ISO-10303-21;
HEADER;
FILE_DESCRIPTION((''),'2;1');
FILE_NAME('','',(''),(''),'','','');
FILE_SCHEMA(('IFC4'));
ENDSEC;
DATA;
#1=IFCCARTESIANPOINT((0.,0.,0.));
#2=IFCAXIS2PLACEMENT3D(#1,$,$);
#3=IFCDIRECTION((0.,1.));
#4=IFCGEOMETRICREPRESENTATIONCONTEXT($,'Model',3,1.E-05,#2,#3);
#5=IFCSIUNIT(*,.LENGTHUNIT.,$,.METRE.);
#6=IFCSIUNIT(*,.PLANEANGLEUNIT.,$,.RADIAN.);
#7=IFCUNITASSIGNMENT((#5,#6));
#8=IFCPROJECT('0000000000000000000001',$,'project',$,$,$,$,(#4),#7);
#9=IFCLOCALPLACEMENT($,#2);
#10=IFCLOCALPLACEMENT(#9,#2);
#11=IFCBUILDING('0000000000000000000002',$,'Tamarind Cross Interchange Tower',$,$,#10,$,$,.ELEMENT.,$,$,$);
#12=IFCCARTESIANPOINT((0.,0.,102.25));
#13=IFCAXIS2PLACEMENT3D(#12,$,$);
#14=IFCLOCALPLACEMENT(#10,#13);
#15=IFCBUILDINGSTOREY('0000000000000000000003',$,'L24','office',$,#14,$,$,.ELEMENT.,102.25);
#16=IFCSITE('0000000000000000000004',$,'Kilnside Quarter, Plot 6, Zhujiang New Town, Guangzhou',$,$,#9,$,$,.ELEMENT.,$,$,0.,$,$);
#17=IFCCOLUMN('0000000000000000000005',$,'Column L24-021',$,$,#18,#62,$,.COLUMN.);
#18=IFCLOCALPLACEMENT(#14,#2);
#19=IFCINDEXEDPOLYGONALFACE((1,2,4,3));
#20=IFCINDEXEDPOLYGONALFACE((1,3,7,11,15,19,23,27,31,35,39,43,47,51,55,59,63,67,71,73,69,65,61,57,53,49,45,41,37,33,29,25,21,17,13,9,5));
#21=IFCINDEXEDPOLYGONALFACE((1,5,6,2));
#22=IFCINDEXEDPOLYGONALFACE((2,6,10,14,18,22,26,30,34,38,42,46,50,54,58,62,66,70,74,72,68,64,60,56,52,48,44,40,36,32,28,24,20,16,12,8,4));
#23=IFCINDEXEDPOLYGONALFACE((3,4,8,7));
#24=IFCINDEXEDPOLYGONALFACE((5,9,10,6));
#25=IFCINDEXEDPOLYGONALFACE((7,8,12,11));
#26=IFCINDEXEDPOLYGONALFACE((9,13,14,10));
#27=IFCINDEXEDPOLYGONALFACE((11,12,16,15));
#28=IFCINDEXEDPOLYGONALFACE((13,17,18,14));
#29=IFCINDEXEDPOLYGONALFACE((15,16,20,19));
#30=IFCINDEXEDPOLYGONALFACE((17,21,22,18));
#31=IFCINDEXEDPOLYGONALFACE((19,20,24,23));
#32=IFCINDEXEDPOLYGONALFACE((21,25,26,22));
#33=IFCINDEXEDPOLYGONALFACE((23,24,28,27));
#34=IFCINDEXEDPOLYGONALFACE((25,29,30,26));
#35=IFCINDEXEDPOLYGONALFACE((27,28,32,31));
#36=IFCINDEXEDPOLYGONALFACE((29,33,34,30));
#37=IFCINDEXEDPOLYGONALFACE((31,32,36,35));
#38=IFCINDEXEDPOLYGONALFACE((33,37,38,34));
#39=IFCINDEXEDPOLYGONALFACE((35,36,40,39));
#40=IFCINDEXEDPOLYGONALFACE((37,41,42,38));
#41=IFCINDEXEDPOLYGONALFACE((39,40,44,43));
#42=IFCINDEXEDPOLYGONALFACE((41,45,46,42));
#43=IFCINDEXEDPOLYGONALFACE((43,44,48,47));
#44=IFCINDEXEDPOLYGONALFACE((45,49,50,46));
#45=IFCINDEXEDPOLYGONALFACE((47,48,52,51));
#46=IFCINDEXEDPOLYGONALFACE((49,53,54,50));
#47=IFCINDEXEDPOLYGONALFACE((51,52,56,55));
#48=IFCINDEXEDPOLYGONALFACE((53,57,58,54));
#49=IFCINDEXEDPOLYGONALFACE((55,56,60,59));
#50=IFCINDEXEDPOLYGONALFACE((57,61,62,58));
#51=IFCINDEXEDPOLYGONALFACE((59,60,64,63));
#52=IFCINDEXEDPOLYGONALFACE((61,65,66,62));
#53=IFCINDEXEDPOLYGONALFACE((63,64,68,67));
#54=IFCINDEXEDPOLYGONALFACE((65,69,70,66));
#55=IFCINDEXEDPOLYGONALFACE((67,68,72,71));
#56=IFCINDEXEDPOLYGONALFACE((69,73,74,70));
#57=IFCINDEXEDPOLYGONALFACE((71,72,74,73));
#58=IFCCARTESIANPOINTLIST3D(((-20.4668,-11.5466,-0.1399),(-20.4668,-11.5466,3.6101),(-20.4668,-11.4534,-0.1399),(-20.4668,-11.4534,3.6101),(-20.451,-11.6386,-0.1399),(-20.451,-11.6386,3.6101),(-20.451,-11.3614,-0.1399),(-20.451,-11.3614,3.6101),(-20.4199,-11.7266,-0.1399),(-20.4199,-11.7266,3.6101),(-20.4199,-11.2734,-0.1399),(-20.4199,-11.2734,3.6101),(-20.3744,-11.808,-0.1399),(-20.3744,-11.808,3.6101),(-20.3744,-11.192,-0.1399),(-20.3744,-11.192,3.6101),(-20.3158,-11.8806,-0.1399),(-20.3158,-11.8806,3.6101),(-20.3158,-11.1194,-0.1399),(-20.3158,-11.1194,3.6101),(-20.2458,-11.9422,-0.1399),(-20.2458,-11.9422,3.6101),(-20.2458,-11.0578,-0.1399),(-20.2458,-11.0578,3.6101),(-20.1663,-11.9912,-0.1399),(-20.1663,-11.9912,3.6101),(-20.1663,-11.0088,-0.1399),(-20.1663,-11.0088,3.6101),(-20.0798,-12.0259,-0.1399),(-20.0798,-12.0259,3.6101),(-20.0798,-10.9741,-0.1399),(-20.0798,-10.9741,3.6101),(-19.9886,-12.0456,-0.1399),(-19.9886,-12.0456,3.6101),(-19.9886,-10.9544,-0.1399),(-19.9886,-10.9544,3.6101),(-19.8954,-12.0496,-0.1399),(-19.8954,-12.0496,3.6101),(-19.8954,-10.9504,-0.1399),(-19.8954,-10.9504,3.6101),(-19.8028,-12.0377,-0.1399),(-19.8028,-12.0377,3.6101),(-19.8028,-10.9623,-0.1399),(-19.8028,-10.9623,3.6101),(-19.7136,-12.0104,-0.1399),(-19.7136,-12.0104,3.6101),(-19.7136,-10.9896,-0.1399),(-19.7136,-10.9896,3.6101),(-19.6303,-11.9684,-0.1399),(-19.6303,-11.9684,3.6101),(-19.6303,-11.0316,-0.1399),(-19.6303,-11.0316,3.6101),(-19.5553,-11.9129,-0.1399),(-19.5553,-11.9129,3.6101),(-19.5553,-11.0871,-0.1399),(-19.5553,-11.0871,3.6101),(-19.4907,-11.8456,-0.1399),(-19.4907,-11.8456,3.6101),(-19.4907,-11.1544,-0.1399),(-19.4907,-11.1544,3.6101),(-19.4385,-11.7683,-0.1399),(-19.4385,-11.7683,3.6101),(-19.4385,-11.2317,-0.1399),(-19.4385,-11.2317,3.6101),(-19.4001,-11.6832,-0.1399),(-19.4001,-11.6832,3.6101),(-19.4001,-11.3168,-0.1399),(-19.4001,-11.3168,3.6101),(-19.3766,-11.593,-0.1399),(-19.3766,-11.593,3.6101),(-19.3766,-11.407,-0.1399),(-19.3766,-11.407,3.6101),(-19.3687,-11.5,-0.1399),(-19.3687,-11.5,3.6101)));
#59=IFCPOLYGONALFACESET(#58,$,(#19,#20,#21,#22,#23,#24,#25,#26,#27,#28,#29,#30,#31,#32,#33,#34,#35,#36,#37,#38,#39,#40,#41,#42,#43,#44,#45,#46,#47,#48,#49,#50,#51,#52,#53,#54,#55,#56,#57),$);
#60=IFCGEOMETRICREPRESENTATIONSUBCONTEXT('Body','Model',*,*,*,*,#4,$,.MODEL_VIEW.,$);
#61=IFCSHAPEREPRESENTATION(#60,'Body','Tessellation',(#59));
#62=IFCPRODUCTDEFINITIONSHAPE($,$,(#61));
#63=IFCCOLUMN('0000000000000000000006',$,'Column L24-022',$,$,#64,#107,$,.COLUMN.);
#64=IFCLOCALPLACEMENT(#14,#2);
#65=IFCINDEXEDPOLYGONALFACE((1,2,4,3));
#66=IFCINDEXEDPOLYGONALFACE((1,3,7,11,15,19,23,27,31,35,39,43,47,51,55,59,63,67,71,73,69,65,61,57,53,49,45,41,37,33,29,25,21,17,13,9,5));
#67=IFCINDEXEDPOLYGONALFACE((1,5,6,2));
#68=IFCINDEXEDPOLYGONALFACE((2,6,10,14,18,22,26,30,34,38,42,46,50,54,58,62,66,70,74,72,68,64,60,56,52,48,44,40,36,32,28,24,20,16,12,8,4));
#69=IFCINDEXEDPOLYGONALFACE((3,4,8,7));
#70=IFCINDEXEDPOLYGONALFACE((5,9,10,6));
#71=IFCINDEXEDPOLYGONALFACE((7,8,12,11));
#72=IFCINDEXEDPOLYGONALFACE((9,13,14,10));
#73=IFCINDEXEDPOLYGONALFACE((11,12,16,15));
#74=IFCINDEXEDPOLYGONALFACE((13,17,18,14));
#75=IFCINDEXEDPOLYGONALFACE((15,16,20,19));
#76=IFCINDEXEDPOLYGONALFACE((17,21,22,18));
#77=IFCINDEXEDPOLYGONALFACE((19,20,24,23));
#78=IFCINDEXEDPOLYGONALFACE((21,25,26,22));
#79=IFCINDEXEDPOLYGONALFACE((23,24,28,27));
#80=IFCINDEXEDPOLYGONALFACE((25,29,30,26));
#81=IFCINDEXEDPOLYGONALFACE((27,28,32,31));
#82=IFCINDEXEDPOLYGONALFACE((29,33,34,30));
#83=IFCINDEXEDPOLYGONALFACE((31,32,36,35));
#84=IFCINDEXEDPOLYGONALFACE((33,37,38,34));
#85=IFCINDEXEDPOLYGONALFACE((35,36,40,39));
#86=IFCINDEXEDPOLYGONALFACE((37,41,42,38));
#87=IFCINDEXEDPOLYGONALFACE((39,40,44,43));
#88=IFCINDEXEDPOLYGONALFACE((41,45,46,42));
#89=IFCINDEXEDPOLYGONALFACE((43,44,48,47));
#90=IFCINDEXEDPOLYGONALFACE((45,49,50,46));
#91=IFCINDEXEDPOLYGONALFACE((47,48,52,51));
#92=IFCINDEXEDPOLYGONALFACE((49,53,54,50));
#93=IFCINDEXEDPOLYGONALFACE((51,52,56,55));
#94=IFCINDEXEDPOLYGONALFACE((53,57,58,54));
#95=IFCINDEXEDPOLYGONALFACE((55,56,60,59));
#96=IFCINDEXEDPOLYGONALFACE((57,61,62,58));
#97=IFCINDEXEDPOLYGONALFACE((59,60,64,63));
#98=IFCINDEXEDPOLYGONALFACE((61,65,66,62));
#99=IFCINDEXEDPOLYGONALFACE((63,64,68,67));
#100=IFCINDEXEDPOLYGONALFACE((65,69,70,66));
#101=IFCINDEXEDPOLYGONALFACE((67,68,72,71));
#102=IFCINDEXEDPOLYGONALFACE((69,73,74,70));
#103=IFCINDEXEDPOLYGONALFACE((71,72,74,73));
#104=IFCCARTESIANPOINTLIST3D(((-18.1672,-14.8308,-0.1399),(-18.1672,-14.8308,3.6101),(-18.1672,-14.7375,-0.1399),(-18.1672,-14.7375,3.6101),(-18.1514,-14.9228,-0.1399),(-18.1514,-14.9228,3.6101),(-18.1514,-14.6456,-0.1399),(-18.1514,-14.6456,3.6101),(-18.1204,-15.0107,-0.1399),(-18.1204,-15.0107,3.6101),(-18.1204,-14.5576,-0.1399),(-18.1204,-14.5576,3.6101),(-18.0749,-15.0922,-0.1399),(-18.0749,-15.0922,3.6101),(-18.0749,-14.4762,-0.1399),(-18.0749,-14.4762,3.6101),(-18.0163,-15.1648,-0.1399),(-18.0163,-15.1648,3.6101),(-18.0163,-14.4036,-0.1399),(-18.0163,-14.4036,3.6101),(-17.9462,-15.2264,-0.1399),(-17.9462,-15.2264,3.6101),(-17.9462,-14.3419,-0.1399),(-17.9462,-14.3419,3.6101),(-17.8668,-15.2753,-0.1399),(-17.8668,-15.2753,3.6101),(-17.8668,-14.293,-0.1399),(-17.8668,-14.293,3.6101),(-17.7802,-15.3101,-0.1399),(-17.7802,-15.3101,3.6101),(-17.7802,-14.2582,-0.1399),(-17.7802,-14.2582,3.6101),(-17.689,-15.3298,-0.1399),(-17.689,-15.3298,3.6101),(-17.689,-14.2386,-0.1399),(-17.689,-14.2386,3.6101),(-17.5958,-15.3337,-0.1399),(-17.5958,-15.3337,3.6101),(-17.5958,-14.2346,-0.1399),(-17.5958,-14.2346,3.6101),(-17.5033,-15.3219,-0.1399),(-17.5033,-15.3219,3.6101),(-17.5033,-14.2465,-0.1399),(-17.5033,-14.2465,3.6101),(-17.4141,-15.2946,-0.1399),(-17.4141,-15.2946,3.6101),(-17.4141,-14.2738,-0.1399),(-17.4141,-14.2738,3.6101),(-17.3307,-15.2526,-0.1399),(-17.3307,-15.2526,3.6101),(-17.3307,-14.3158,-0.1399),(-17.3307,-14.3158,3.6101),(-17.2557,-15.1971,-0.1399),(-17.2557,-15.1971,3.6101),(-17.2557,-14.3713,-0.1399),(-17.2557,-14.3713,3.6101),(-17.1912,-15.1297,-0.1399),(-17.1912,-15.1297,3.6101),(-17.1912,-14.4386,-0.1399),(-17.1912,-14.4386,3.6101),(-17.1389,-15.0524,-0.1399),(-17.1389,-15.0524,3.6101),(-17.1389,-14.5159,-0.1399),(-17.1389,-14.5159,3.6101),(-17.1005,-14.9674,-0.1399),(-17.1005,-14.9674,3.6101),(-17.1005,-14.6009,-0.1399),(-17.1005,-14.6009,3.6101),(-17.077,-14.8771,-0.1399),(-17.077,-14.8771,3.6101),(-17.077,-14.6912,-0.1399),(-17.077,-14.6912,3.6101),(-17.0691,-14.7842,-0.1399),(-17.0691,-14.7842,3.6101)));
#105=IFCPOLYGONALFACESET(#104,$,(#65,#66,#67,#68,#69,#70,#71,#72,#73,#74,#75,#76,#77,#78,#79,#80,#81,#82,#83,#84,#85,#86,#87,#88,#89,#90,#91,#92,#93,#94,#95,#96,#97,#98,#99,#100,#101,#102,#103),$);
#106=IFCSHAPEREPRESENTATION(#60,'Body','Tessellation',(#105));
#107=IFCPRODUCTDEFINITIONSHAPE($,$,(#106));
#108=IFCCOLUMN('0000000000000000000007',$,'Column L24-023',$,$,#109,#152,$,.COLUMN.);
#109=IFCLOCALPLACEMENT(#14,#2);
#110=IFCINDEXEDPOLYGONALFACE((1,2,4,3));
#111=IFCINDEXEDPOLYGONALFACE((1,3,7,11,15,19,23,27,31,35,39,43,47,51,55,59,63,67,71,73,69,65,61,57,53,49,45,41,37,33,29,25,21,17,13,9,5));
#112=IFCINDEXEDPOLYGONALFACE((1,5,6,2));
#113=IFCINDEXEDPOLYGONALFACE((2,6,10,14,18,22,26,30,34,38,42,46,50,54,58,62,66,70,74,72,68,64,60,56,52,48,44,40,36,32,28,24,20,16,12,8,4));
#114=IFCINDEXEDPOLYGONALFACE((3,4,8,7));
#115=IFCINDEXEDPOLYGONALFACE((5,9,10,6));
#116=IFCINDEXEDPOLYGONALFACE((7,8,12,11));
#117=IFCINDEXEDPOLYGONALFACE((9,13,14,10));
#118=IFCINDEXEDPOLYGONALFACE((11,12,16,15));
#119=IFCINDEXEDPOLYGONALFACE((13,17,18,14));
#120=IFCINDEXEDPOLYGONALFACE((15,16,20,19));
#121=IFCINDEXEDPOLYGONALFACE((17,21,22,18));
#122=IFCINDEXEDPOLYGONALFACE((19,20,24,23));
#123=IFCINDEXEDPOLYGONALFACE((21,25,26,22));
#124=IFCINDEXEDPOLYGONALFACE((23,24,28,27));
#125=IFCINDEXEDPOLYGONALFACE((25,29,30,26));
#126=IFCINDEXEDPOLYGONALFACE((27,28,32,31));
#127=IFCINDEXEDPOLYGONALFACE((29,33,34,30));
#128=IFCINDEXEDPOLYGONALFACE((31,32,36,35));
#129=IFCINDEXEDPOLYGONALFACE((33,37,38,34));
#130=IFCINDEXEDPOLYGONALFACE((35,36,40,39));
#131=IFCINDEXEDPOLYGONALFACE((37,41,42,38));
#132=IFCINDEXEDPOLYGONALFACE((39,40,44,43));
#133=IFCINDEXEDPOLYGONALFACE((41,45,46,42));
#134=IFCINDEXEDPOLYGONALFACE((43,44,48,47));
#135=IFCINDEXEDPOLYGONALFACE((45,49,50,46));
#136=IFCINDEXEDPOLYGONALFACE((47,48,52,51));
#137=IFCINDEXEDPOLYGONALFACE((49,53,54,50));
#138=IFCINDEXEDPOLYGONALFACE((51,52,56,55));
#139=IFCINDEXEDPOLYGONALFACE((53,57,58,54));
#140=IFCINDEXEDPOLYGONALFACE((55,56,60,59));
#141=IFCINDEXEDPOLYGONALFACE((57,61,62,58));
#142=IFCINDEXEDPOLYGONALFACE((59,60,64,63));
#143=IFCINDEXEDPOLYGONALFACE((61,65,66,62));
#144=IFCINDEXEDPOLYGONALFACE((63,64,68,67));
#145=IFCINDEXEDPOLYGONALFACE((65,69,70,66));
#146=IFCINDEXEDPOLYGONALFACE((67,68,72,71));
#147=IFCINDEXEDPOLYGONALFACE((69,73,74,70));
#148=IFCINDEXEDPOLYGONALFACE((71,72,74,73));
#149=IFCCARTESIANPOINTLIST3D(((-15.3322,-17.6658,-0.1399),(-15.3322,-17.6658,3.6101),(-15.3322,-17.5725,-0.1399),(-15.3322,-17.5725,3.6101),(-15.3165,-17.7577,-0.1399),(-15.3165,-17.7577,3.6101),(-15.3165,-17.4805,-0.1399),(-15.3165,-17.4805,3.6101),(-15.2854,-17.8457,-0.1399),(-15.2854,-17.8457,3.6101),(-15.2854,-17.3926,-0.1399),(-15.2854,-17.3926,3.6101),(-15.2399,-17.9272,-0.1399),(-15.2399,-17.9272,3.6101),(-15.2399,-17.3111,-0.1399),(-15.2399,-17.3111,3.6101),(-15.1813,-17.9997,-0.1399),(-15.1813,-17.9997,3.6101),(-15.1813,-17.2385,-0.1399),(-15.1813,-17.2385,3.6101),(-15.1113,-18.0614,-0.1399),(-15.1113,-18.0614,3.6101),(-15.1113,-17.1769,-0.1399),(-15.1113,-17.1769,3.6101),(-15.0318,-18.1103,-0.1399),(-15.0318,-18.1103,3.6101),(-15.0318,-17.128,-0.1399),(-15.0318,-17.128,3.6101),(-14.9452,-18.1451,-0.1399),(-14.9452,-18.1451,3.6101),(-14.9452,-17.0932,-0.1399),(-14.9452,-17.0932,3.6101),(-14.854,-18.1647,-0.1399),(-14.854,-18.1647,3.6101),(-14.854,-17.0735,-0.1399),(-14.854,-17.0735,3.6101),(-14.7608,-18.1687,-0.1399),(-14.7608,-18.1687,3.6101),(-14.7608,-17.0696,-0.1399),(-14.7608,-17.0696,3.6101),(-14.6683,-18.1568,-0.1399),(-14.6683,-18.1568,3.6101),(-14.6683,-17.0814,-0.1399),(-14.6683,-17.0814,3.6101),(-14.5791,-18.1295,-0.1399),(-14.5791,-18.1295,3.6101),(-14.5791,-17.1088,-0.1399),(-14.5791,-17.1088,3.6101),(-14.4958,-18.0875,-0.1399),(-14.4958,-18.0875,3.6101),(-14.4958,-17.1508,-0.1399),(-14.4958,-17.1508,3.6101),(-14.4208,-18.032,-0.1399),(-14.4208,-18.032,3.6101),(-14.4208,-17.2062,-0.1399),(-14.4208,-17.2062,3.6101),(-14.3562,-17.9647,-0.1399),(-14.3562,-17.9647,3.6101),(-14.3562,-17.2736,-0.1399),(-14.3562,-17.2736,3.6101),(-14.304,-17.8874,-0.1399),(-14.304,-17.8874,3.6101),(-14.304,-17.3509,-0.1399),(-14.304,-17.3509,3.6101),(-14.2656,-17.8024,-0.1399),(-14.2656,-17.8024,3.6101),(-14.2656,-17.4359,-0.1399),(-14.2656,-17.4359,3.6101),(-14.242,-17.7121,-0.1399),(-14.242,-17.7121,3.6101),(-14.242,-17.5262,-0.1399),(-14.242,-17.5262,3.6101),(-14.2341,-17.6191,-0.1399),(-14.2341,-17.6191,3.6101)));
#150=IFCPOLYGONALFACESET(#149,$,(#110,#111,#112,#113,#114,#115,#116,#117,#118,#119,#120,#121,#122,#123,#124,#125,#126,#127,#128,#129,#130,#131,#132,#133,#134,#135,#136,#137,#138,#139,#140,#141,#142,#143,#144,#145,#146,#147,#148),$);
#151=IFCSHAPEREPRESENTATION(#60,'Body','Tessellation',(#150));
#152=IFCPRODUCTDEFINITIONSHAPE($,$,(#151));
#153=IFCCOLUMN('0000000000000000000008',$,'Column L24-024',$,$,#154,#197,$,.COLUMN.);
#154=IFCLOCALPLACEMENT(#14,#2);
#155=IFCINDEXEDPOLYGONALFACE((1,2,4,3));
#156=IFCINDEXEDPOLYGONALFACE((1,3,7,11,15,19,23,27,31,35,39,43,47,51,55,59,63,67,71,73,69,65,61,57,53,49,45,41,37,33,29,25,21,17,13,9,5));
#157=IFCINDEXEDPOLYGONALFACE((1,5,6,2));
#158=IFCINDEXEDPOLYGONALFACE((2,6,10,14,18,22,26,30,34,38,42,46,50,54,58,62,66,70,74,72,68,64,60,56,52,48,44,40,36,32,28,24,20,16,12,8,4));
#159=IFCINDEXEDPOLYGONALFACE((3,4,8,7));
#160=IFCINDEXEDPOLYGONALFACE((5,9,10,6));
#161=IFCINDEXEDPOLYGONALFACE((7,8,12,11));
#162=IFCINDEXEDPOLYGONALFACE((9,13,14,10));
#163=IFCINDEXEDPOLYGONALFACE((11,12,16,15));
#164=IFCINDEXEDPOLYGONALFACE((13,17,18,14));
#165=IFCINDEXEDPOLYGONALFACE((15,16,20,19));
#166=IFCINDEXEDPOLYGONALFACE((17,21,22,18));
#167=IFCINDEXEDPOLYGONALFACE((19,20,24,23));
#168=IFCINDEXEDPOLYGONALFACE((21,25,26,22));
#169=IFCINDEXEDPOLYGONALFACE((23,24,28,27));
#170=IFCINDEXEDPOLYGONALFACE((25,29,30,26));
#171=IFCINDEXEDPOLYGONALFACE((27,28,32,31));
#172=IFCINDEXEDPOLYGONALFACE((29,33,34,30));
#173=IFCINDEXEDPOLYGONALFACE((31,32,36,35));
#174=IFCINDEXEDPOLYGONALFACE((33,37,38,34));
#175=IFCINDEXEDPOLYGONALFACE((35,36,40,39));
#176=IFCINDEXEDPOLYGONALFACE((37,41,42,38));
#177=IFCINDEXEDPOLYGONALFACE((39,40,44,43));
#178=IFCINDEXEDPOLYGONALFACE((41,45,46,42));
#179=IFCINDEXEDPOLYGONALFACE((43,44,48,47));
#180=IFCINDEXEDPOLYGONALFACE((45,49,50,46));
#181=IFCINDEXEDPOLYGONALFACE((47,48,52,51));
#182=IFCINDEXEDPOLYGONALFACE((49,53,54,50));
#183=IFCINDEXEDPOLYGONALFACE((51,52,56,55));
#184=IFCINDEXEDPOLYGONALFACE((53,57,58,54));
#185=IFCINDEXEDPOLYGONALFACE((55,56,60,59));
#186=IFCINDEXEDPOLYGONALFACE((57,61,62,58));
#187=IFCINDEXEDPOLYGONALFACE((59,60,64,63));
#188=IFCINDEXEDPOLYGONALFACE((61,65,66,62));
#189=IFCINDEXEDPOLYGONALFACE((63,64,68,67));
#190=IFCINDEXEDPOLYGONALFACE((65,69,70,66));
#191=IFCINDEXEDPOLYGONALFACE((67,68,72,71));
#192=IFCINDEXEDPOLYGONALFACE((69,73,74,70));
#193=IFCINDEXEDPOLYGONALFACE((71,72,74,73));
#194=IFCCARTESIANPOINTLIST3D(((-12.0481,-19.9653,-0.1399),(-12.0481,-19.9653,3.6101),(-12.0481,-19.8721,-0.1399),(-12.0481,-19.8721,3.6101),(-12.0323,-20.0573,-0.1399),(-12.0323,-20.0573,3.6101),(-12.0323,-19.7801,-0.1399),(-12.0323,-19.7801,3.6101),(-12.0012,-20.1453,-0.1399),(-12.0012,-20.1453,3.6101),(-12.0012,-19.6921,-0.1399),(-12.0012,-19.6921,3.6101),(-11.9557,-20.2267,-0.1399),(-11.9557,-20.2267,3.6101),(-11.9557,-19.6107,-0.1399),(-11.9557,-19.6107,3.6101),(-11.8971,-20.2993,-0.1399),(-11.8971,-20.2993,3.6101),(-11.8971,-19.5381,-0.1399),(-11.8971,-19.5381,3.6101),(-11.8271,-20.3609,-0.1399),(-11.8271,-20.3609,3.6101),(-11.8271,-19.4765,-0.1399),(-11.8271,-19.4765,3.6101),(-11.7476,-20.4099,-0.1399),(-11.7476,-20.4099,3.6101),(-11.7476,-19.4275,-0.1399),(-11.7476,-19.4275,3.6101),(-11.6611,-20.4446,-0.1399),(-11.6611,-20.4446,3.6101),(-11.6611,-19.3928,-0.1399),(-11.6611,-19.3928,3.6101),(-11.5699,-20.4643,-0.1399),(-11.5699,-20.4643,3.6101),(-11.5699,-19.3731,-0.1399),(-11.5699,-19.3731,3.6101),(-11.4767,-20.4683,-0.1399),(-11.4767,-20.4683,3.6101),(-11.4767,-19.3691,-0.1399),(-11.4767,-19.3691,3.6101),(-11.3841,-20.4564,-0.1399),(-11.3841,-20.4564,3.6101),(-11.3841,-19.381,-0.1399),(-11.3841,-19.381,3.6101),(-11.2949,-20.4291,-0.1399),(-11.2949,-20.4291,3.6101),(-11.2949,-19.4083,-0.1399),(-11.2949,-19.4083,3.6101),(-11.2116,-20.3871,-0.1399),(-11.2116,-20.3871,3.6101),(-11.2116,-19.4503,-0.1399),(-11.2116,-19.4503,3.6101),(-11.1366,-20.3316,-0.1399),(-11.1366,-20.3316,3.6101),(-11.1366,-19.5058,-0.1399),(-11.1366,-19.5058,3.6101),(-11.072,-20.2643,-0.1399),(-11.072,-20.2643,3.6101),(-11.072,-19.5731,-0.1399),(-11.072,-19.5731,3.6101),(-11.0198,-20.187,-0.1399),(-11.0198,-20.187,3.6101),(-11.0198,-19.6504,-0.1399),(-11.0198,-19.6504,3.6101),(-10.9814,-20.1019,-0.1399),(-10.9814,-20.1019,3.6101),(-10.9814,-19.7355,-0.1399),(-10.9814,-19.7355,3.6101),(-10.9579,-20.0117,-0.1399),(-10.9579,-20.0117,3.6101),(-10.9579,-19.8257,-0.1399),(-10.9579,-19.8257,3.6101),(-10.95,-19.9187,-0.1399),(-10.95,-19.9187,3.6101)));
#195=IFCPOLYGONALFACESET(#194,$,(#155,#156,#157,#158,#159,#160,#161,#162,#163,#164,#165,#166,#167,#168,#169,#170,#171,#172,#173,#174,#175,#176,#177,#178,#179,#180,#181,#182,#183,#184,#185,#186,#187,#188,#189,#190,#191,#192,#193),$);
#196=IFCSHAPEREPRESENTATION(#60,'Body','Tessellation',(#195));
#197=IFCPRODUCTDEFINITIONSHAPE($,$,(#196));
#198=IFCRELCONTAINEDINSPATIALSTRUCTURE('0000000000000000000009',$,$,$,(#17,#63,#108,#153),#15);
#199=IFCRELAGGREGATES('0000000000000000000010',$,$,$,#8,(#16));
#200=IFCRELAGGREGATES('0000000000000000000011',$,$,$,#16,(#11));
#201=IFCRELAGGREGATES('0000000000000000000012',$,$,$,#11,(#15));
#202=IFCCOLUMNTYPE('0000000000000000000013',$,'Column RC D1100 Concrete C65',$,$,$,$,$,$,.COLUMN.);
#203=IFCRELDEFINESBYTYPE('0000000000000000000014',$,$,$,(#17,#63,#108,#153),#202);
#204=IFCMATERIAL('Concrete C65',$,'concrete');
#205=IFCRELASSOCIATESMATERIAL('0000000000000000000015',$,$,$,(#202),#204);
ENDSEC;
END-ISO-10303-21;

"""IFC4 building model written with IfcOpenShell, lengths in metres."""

from ifc_helpers import new_model, si_unit, direction, frame, origin, origin_2d, place, context, subcontext, project, spatial, circle, extrude, material, material_profile, profile_set, type_object, element, save


model = new_model("IFC4")

# Units and contexts
model_context = context("Model", 3, precision=1e-05, world=origin(), true_north=direction((0.0, 1.0)))
body_context = subcontext(model_context, "Body", "Model", "MODEL_VIEW")
ifc_project = project(units=[si_unit("LENGTHUNIT", "METRE"), si_unit("PLANEANGLEUNIT", "RADIAN")], contexts=[model_context])

# Site, building, storey
site_placement = place(None, origin())
site = spatial("IfcSite", under=ifc_project, at=site_placement, Name="Kilnside Quarter, Plot 6, Zhujiang New Town, Guangzhou", CompositionType="ELEMENT", RefElevation=0.0)
building_placement = place(site_placement, origin())
building = spatial("IfcBuilding", under=site, at=building_placement, Name="Tamarind Cross Interchange Tower", CompositionType="ELEMENT")
storey_placement = place(building_placement, frame((0.0, 0.0, 102.25)))
storey = spatial("IfcBuildingStorey", under=building, at=storey_placement, Name="L24", Description="office", CompositionType="ELEMENT", Elevation=102.25)

# Columns
ifc_material_1 = material(Name="Concrete C65", Category="concrete")
ifc_material_profile_1 = material_profile(ifc_material_1, circle(Radius=0.55, at=origin_2d()), Name="RC D1100")
ifc_profile_set_1 = profile_set([ifc_material_profile_1], Name="Concrete C65")
column_type = type_object("IfcColumnType", Name="Column RC D1100 Concrete C65", PredefinedType="COLUMN", material=ifc_profile_set_1)
for number, where, z_axis, x_axis, name in (
    (1, (-19.9187, -11.5, -0.1399), (0.0, 0.0, 1.0), (1.0, 0.0, 0.0), "Column L24-021"),
    (2, (-17.6191, -14.7842, -0.1399), (0.0, 0.0, 1.0), (1.0, 0.0, 0.0), "Column L24-022"),
    (3, (-14.7842, -17.6191, -0.1399), (0.0, 0.0, 1.0), (1.0, 0.0, 0.0), "Column L24-023"),
    (4, (-11.5, -19.9187, -0.1399), (0.0, 0.0, 1.0), (1.0, 0.0, 0.0), "Column L24-024"),
):
    element("IfcColumn", number, at=place(storey_placement, frame(where, z_axis=z_axis, x_axis=x_axis)), inside=storey, type_object=column_type, Name=name, PredefinedType="COLUMN", context=body_context, shape_type="SweptSolid", body=[
        extrude(circle(Radius=0.55, at=origin_2d()), origin(), (0.0, 0.0, 1.0), 3.75),
    ])

save(model, "model.ifc")
